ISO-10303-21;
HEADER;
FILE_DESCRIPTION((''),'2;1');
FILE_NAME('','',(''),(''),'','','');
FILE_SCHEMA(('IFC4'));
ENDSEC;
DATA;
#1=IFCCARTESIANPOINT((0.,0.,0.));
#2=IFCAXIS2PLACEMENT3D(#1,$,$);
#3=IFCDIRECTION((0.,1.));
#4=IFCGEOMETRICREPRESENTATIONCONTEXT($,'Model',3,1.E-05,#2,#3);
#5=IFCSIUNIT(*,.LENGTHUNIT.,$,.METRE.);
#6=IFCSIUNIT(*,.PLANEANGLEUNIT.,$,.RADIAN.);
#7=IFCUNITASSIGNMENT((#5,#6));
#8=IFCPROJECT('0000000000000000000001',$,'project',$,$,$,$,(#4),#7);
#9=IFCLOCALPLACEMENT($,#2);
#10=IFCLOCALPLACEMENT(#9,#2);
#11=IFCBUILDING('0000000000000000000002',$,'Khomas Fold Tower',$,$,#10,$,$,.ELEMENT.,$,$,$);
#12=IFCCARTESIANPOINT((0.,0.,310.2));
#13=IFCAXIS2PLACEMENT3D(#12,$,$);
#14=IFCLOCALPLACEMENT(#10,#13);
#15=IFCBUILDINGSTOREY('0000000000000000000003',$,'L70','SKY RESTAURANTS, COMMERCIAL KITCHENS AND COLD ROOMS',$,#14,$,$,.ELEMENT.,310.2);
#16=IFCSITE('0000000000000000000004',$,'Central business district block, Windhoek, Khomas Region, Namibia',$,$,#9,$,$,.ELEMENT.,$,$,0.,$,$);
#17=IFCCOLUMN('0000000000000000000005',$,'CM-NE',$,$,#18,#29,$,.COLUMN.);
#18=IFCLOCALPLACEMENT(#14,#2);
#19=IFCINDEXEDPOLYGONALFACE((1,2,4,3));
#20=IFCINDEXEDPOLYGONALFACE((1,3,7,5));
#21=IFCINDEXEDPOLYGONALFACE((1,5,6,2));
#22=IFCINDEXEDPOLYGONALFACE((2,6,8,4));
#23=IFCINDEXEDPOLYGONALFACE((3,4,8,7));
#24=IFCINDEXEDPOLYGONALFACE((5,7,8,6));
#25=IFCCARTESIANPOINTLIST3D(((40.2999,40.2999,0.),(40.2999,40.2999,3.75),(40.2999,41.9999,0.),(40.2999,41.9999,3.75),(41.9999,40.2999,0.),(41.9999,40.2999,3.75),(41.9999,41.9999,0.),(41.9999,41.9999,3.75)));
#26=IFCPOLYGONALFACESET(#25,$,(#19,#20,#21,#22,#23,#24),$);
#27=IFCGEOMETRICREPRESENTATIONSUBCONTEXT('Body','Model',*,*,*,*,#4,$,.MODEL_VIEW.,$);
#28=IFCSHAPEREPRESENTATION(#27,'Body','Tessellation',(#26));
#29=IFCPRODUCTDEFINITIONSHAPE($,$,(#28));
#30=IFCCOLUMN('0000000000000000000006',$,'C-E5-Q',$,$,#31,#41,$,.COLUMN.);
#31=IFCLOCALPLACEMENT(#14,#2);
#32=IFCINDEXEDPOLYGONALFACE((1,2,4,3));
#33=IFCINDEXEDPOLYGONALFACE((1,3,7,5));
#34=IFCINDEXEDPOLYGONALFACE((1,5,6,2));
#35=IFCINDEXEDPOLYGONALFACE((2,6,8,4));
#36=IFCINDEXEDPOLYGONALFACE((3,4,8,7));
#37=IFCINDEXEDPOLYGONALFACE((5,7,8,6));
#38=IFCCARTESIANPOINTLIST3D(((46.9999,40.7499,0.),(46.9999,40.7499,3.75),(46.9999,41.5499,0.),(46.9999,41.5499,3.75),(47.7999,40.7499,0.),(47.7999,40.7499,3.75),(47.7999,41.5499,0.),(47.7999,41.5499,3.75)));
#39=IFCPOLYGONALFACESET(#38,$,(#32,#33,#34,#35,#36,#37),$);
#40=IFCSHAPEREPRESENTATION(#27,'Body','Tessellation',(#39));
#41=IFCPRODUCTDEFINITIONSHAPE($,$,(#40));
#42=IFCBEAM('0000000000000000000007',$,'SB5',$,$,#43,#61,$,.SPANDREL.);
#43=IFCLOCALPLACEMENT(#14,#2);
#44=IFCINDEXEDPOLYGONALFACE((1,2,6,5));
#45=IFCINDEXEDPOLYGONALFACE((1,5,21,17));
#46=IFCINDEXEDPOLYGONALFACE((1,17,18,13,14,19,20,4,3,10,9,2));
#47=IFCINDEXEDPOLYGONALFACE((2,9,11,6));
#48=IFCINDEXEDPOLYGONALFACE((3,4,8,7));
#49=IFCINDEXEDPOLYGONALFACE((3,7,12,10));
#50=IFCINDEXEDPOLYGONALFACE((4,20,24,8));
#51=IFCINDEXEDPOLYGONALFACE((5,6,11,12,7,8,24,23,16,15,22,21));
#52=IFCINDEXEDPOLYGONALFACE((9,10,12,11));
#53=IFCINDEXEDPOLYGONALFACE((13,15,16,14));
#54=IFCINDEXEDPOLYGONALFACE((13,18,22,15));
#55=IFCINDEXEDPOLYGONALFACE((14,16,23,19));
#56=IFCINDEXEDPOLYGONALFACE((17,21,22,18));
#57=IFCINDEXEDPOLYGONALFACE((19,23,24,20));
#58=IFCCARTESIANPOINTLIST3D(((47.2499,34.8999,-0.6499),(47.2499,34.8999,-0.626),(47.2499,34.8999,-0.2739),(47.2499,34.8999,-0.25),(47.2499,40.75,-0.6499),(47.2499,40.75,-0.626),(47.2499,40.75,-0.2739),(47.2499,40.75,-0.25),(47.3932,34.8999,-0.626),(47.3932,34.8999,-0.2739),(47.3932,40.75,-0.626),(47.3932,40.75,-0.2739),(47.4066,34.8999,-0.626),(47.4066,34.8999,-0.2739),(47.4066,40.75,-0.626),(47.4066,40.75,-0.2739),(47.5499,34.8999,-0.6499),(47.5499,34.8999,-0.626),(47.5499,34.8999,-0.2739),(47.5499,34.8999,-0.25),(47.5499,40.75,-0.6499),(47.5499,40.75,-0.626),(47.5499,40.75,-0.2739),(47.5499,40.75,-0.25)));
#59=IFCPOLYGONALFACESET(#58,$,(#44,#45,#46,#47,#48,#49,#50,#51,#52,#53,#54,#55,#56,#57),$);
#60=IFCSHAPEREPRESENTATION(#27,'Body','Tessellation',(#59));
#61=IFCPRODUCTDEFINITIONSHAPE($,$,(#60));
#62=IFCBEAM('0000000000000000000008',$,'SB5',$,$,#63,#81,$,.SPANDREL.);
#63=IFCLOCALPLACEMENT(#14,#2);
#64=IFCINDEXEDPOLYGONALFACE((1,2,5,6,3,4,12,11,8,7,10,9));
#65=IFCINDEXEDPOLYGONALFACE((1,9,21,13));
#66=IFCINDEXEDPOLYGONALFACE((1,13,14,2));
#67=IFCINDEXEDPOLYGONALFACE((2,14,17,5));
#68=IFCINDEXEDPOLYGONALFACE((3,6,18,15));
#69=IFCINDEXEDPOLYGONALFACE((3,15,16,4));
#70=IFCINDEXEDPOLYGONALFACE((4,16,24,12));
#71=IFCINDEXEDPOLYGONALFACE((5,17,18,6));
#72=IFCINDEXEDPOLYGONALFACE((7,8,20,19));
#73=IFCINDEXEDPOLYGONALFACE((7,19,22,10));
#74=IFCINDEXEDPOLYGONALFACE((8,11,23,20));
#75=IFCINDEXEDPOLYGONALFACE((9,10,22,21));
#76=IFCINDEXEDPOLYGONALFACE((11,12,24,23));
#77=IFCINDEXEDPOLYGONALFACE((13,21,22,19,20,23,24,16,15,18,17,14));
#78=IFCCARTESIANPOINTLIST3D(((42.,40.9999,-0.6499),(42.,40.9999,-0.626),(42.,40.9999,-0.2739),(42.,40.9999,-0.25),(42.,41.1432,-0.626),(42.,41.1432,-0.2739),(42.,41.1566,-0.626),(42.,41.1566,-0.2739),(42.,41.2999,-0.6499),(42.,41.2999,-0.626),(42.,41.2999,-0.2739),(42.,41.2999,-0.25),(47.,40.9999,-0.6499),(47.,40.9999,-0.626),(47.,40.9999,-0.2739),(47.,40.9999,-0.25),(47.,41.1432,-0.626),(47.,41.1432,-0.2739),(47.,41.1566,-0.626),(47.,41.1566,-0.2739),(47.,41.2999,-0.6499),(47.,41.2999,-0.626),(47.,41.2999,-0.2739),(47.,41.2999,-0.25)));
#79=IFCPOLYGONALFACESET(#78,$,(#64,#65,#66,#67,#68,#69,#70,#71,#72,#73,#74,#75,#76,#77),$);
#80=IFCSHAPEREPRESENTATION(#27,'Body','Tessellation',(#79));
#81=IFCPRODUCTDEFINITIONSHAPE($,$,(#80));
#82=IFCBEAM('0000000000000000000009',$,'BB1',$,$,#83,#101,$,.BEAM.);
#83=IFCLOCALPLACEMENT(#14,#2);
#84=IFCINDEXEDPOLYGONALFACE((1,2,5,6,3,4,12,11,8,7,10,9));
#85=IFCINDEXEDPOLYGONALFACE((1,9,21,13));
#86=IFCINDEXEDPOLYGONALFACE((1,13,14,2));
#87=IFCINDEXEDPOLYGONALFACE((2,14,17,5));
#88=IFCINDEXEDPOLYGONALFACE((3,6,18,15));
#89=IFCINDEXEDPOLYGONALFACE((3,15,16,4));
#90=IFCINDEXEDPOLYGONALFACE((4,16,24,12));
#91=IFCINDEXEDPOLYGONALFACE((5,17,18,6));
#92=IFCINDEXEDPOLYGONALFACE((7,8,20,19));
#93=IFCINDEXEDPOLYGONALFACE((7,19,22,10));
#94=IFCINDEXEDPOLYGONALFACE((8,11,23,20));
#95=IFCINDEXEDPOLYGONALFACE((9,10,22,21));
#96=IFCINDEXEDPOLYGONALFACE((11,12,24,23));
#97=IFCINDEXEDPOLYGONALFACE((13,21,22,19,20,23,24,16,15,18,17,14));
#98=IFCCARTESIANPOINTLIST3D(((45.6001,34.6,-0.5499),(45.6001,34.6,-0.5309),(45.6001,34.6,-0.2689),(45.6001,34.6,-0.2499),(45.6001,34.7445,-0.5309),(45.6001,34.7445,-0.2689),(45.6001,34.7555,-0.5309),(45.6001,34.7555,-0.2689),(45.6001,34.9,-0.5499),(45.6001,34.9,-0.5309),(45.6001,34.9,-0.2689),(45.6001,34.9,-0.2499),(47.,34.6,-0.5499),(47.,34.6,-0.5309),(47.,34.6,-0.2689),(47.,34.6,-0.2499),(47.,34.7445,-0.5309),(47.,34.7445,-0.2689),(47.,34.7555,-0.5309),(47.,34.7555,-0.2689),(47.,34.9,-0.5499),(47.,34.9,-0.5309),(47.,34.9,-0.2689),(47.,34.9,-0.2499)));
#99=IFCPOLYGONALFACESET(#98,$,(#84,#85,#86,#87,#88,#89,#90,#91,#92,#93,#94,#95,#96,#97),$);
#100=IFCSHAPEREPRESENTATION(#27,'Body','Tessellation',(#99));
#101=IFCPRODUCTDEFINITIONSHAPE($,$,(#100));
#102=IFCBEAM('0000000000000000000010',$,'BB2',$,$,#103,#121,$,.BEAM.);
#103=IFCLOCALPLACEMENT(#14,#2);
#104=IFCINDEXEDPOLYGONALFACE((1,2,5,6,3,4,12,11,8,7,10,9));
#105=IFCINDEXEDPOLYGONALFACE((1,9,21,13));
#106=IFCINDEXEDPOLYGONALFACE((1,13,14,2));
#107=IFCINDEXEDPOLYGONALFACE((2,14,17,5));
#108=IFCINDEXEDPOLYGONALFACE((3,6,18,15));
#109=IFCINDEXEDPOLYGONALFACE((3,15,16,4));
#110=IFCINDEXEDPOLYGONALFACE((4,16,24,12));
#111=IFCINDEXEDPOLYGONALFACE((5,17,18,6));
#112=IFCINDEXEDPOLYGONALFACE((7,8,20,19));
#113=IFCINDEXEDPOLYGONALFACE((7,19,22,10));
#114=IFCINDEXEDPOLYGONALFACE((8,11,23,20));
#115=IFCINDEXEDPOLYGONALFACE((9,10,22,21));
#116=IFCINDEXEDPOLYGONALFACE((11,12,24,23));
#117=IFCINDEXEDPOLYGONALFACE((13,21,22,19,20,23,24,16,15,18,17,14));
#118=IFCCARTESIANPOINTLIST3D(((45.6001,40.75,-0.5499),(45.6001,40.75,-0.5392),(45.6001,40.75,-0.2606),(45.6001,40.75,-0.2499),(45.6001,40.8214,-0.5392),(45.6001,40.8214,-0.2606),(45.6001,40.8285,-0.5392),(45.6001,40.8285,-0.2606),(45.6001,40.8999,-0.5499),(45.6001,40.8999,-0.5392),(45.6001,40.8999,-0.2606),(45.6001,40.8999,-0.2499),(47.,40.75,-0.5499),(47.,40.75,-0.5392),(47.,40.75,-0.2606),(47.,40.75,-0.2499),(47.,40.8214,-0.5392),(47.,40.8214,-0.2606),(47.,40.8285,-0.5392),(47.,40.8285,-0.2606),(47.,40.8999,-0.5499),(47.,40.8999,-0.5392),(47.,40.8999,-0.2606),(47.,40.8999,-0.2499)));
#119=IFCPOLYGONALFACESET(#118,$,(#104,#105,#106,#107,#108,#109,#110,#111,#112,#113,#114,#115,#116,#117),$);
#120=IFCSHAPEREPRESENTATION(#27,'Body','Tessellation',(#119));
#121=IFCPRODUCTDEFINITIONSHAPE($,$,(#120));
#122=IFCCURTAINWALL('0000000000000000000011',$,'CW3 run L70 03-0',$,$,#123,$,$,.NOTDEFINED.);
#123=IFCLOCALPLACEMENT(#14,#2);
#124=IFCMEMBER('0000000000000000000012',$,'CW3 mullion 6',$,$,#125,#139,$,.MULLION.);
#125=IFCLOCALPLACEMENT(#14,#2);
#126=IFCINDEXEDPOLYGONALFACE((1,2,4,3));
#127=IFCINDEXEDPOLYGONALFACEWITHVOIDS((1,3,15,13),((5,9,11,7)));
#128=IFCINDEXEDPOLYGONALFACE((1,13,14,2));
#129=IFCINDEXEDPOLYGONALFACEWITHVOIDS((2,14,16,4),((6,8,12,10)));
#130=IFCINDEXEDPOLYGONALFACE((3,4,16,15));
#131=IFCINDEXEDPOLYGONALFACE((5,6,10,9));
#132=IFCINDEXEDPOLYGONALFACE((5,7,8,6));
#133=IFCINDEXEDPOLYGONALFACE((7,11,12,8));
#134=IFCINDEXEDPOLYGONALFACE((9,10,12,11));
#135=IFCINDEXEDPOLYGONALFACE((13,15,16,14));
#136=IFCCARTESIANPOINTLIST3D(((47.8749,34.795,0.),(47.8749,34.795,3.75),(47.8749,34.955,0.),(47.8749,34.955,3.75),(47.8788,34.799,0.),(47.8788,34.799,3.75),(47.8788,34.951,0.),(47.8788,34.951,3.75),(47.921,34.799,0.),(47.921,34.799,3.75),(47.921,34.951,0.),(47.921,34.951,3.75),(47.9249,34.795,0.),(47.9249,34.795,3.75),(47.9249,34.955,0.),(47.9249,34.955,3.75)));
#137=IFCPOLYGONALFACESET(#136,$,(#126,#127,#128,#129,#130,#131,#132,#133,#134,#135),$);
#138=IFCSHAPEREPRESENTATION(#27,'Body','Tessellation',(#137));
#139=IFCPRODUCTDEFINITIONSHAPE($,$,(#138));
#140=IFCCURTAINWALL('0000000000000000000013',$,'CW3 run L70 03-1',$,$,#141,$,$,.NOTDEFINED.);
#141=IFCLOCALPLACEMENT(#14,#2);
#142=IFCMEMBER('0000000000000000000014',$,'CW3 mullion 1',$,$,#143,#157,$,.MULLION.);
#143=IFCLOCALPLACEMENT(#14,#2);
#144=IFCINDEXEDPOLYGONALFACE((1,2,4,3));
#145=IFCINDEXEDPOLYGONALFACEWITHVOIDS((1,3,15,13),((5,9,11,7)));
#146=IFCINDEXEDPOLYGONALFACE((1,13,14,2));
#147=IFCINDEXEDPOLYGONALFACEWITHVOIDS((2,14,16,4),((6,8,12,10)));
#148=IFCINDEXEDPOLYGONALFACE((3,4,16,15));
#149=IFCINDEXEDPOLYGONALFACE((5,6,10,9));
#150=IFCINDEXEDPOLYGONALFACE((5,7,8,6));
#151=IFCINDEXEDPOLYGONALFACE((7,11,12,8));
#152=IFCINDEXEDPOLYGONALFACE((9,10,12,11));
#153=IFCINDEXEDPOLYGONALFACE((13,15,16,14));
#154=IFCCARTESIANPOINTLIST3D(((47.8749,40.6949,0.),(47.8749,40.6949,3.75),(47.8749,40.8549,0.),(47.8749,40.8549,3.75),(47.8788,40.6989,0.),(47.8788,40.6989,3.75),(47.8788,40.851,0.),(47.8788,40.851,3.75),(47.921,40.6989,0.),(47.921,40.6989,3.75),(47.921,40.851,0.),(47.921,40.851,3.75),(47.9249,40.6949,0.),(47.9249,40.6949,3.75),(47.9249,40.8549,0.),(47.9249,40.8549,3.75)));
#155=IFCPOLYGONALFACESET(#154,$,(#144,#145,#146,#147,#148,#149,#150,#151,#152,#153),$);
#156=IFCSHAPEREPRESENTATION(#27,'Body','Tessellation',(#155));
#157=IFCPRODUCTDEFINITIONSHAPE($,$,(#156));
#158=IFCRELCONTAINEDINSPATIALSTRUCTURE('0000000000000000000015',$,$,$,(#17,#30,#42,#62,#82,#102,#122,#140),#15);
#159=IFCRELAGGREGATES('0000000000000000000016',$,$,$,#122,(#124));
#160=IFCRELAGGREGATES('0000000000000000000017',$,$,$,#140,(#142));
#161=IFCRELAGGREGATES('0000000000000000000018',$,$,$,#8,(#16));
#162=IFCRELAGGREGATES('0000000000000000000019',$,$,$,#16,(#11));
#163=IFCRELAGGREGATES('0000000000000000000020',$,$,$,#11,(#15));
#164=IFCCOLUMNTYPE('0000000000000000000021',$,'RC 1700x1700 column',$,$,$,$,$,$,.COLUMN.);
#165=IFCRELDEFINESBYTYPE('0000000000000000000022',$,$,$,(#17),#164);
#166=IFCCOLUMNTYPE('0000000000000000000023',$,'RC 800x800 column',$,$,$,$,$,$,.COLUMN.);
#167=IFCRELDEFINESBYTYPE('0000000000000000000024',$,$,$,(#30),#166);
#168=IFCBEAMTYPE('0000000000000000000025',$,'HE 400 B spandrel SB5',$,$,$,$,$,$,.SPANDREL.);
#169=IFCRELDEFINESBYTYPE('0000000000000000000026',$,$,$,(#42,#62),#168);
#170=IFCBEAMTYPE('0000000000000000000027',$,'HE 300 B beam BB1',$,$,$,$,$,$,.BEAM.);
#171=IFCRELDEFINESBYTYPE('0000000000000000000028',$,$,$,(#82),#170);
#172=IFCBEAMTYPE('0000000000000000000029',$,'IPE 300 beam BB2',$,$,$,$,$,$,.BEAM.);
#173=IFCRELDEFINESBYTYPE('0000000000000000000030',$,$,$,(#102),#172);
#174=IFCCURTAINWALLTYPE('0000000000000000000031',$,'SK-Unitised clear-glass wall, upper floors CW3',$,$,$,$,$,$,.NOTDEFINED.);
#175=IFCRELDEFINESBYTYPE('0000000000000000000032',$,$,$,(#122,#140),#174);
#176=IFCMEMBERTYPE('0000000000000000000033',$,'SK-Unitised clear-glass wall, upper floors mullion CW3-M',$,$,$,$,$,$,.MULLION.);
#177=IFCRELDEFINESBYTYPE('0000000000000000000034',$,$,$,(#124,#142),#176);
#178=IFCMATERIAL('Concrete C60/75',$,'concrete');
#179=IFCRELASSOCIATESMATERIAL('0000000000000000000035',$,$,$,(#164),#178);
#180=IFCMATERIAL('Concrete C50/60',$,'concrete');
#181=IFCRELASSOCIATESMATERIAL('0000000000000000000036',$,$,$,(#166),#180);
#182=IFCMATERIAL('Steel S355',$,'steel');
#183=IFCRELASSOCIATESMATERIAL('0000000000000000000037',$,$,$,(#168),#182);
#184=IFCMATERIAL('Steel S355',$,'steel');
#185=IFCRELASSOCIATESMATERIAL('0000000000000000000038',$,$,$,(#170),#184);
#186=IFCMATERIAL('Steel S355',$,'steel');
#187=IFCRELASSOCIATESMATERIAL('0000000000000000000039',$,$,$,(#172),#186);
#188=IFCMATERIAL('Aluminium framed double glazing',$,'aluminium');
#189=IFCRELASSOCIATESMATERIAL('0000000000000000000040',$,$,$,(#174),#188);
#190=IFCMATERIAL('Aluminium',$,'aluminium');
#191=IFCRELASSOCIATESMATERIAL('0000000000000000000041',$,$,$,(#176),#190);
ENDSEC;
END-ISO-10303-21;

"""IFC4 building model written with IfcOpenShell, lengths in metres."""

from ifc_helpers import new_model, si_unit, direction, frame, origin, origin_2d, place, context, subcontext, project, spatial, rectangle, hollow_rectangle, i_section, extrude, source, transform, mapped, material, material_profile, profile_set, type_object, element, aggregate, save


model = new_model("IFC4")

# Units and contexts
model_context = context("Model", 3, precision=1e-05, world=origin(), true_north=direction((0.0, 1.0)))
body_context = subcontext(model_context, "Body", "Model", "MODEL_VIEW")
ifc_project = project(units=[si_unit("LENGTHUNIT", "METRE"), si_unit("PLANEANGLEUNIT", "RADIAN")], contexts=[model_context])

# Site, building, storey
site_placement = place(None, origin())
site = spatial("IfcSite", under=ifc_project, at=site_placement, Name="Central business district block, Windhoek, Khomas Region, Namibia", CompositionType="ELEMENT", RefElevation=0.0)
building_placement = place(site_placement, origin())
building = spatial("IfcBuilding", under=site, at=building_placement, Name="Khomas Fold Tower", CompositionType="ELEMENT")
storey_placement = place(building_placement, frame((0.0, 0.0, 310.2)))
storey = spatial("IfcBuildingStorey", under=building, at=storey_placement, Name="L70", Description="SKY RESTAURANTS, COMMERCIAL KITCHENS AND COLD ROOMS", CompositionType="ELEMENT", Elevation=310.2)

# Columns
ifc_material_1 = material(Name="Concrete C60/75", Category="concrete")
ifc_material_profile_1 = material_profile(ifc_material_1, rectangle(XDim=1.7, YDim=1.7, at=origin_2d()), Name="RC 1700x1700")
ifc_profile_set_1 = profile_set([ifc_material_profile_1], Name="Concrete C60/75")
column_type_1 = type_object("IfcColumnType", Name="RC 1700x1700 column", PredefinedType="COLUMN", material=ifc_profile_set_1)
shared_shape_1 = source(origin(), body_context, "Body", "SweptSolid", [
    extrude(rectangle(XDim=1.7, YDim=1.7, at=origin_2d()), origin(), (0.0, 0.0, 1.0), 3.75),
])
column_1_placement = place(storey_placement, frame((41.1499, 41.1499, 0.0), z_axis=(0.0, 0.0, 1.0), x_axis=(1.0, 0.0, 0.0)))
element("IfcColumn", 1, at=column_1_placement, inside=storey, type_object=column_type_1, Name="CM-NE", PredefinedType="COLUMN", context=body_context, shape_type="MappedRepresentation", body=[
    mapped(shared_shape_1, transform((0.0, 0.0, 0.0))),
])
ifc_material_2 = material(Name="Concrete C50/60", Category="concrete")
ifc_material_profile_2 = material_profile(ifc_material_2, rectangle(XDim=0.8, YDim=0.8, at=origin_2d()), Name="RC 800x800")
ifc_profile_set_2 = profile_set([ifc_material_profile_2], Name="Concrete C50/60")
column_type_2 = type_object("IfcColumnType", Name="RC 800x800 column", PredefinedType="COLUMN", material=ifc_profile_set_2)
shared_shape_2 = source(origin(), body_context, "Body", "SweptSolid", [
    extrude(rectangle(XDim=0.8, YDim=0.8, at=origin_2d()), origin(), (0.0, 0.0, 1.0), 3.75),
])
column_2_placement = place(storey_placement, frame((47.3999, 41.1499, 0.0), z_axis=(0.0, 0.0, 1.0), x_axis=(1.0, 0.0, 0.0)))
element("IfcColumn", 2, at=column_2_placement, inside=storey, type_object=column_type_2, Name="C-E5-Q", PredefinedType="COLUMN", context=body_context, shape_type="MappedRepresentation", body=[
    mapped(shared_shape_2, transform((0.0, 0.0, 0.0))),
])

# Beams
ifc_material_3 = material(Name="Steel S355", Category="steel")
ifc_material_profile_3 = material_profile(ifc_material_3, i_section(OverallWidth=0.3, OverallDepth=0.3999, WebThickness=0.0134, FlangeThickness=0.0239, at=origin_2d()), Name="HE 400 B")
ifc_profile_set_3 = profile_set([ifc_material_profile_3], Name="Steel S355")
beam_type_1 = type_object("IfcBeamType", Name="HE 400 B spandrel SB5", PredefinedType="SPANDREL", material=ifc_profile_set_3)
shared_shape_3 = source(origin(), body_context, "Body", "SweptSolid", [
    extrude(i_section(OverallWidth=0.3, OverallDepth=0.3999, WebThickness=0.0134, FlangeThickness=0.0239, at=origin_2d()), origin(), (0.0, 0.0, 1.0), 5.8501),
])
beam_1_placement = place(storey_placement, frame((47.3999, 34.8999, -0.45), z_axis=(0.0, 1.0, 0.0), x_axis=(-1.0, 0.0, 0.0)))
element("IfcBeam", 3, at=beam_1_placement, inside=storey, type_object=beam_type_1, Name="SB5", PredefinedType="SPANDREL", context=body_context, shape_type="MappedRepresentation", body=[
    mapped(shared_shape_3, transform((0.0, 0.0, 0.0))),
])
shared_shape_4 = source(origin(), body_context, "Body", "SweptSolid", [
    extrude(i_section(OverallWidth=0.3, OverallDepth=0.3999, WebThickness=0.0134, FlangeThickness=0.0239, at=origin_2d()), origin(), (0.0, 0.0, 1.0), 5.0),
])
beam_2_placement = place(storey_placement, frame((42.0, 41.1499, -0.45), z_axis=(1.0, 0.0, 0.0), x_axis=(0.0, 1.0, 0.0)))
element("IfcBeam", 4, at=beam_2_placement, inside=storey, type_object=beam_type_1, Name="SB5", PredefinedType="SPANDREL", context=body_context, shape_type="MappedRepresentation", body=[
    mapped(shared_shape_4, transform((0.0, 0.0, 0.0))),
])
ifc_material_4 = material(Name="Steel S355", Category="steel")
ifc_material_profile_4 = material_profile(ifc_material_4, i_section(OverallWidth=0.3, OverallDepth=0.3, WebThickness=0.011, FlangeThickness=0.019, at=origin_2d()), Name="HE 300 B")
ifc_profile_set_4 = profile_set([ifc_material_profile_4], Name="Steel S355")
beam_type_2 = type_object("IfcBeamType", Name="HE 300 B beam BB1", PredefinedType="BEAM", material=ifc_profile_set_4)
shared_shape_5 = source(origin(), body_context, "Body", "SweptSolid", [
    extrude(i_section(OverallWidth=0.3, OverallDepth=0.3, WebThickness=0.011, FlangeThickness=0.019, at=origin_2d()), origin(), (0.0, 0.0, 1.0), 1.3999),
])
beam_3_placement = place(storey_placement, frame((45.6001, 34.75, -0.3999), z_axis=(1.0, 0.0, 0.0), x_axis=(0.0, 1.0, 0.0)))
element("IfcBeam", 5, at=beam_3_placement, inside=storey, type_object=beam_type_2, Name="BB1", PredefinedType="BEAM", context=body_context, shape_type="MappedRepresentation", body=[
    mapped(shared_shape_5, transform((0.0, 0.0, 0.0))),
])
ifc_material_5 = material(Name="Steel S355", Category="steel")
ifc_material_profile_5 = material_profile(ifc_material_5, i_section(OverallWidth=0.1499, OverallDepth=0.3, WebThickness=0.0071, FlangeThickness=0.0107, at=origin_2d()), Name="IPE 300")
ifc_profile_set_5 = profile_set([ifc_material_profile_5], Name="Steel S355")
beam_type_3 = type_object("IfcBeamType", Name="IPE 300 beam BB2", PredefinedType="BEAM", material=ifc_profile_set_5)
shared_shape_6 = source(origin(), body_context, "Body", "SweptSolid", [
    extrude(i_section(OverallWidth=0.1499, OverallDepth=0.3, WebThickness=0.0071, FlangeThickness=0.0107, at=origin_2d()), origin(), (0.0, 0.0, 1.0), 1.3999),
])
beam_4_placement = place(storey_placement, frame((45.6001, 40.825, -0.3999), z_axis=(1.0, 0.0, 0.0), x_axis=(0.0, 1.0, 0.0)))
element("IfcBeam", 6, at=beam_4_placement, inside=storey, type_object=beam_type_3, Name="BB2", PredefinedType="BEAM", context=body_context, shape_type="MappedRepresentation", body=[
    mapped(shared_shape_6, transform((0.0, 0.0, 0.0))),
])

# Curtain wall, member
ifc_material_6 = material(Name="Aluminium framed double glazing", Category="aluminium")
curtain_wall_type = type_object("IfcCurtainWallType", Name="SK-Unitised clear-glass wall, upper floors CW3", PredefinedType="NOTDEFINED", material=ifc_material_6)
curtain_wall_1_placement = place(storey_placement, origin())
curtain_wall_1 = element("IfcCurtainWall", 7, at=curtain_wall_1_placement, inside=storey, type_object=curtain_wall_type, Name="CW3 run L70 03-0", PredefinedType="NOTDEFINED")
ifc_material_7 = material(Name="Aluminium", Category="aluminium")
ifc_material_profile_6 = material_profile(ifc_material_7, hollow_rectangle(XDim=0.05, YDim=0.1599, WallThickness=0.0039, at=origin_2d()), Name="SK-Unitised clear-glass wall, upper floors mullion CW3-M")
ifc_profile_set_6 = profile_set([ifc_material_profile_6], Name="Aluminium")
member_type_1 = type_object("IfcMemberType", Name="SK-Unitised clear-glass wall, upper floors mullion CW3-M", PredefinedType="MULLION", material=ifc_profile_set_6)
shared_shape_7 = source(origin(), body_context, "Body", "SweptSolid", [
    extrude(hollow_rectangle(XDim=0.05, YDim=0.1599, WallThickness=0.0039, at=origin_2d()), origin(), (0.0, 0.0, 1.0), 3.75),
])
member_1_placement = place(storey_placement, frame((47.8999, 34.875, 0.0), z_axis=(0.0, 0.0, 1.0), x_axis=(-1.0, 0.0, 0.0)))
member_1 = element("IfcMember", 8, at=member_1_placement, type_object=member_type_1, Name="CW3 mullion 6", PredefinedType="MULLION", context=body_context, shape_type="MappedRepresentation", body=[
    mapped(shared_shape_7, transform((0.0, 0.0, 0.0))),
])
aggregate(curtain_wall_1, [member_1])

# Curtain wall, member
curtain_wall_2_placement = place(storey_placement, origin())
curtain_wall_2 = element("IfcCurtainWall", 9, at=curtain_wall_2_placement, inside=storey, type_object=curtain_wall_type, Name="CW3 run L70 03-1", PredefinedType="NOTDEFINED")
member_2_placement = place(storey_placement, frame((47.8999, 40.7749, 0.0), z_axis=(0.0, 0.0, 1.0), x_axis=(-1.0, 0.0, 0.0)))
member_2 = element("IfcMember", 10, at=member_2_placement, type_object=member_type_1, Name="CW3 mullion 1", PredefinedType="MULLION", context=body_context, shape_type="MappedRepresentation", body=[
    mapped(shared_shape_7, transform((0.0, 0.0, 0.0))),
])
aggregate(curtain_wall_2, [member_2])

save(model, "model.ifc")
